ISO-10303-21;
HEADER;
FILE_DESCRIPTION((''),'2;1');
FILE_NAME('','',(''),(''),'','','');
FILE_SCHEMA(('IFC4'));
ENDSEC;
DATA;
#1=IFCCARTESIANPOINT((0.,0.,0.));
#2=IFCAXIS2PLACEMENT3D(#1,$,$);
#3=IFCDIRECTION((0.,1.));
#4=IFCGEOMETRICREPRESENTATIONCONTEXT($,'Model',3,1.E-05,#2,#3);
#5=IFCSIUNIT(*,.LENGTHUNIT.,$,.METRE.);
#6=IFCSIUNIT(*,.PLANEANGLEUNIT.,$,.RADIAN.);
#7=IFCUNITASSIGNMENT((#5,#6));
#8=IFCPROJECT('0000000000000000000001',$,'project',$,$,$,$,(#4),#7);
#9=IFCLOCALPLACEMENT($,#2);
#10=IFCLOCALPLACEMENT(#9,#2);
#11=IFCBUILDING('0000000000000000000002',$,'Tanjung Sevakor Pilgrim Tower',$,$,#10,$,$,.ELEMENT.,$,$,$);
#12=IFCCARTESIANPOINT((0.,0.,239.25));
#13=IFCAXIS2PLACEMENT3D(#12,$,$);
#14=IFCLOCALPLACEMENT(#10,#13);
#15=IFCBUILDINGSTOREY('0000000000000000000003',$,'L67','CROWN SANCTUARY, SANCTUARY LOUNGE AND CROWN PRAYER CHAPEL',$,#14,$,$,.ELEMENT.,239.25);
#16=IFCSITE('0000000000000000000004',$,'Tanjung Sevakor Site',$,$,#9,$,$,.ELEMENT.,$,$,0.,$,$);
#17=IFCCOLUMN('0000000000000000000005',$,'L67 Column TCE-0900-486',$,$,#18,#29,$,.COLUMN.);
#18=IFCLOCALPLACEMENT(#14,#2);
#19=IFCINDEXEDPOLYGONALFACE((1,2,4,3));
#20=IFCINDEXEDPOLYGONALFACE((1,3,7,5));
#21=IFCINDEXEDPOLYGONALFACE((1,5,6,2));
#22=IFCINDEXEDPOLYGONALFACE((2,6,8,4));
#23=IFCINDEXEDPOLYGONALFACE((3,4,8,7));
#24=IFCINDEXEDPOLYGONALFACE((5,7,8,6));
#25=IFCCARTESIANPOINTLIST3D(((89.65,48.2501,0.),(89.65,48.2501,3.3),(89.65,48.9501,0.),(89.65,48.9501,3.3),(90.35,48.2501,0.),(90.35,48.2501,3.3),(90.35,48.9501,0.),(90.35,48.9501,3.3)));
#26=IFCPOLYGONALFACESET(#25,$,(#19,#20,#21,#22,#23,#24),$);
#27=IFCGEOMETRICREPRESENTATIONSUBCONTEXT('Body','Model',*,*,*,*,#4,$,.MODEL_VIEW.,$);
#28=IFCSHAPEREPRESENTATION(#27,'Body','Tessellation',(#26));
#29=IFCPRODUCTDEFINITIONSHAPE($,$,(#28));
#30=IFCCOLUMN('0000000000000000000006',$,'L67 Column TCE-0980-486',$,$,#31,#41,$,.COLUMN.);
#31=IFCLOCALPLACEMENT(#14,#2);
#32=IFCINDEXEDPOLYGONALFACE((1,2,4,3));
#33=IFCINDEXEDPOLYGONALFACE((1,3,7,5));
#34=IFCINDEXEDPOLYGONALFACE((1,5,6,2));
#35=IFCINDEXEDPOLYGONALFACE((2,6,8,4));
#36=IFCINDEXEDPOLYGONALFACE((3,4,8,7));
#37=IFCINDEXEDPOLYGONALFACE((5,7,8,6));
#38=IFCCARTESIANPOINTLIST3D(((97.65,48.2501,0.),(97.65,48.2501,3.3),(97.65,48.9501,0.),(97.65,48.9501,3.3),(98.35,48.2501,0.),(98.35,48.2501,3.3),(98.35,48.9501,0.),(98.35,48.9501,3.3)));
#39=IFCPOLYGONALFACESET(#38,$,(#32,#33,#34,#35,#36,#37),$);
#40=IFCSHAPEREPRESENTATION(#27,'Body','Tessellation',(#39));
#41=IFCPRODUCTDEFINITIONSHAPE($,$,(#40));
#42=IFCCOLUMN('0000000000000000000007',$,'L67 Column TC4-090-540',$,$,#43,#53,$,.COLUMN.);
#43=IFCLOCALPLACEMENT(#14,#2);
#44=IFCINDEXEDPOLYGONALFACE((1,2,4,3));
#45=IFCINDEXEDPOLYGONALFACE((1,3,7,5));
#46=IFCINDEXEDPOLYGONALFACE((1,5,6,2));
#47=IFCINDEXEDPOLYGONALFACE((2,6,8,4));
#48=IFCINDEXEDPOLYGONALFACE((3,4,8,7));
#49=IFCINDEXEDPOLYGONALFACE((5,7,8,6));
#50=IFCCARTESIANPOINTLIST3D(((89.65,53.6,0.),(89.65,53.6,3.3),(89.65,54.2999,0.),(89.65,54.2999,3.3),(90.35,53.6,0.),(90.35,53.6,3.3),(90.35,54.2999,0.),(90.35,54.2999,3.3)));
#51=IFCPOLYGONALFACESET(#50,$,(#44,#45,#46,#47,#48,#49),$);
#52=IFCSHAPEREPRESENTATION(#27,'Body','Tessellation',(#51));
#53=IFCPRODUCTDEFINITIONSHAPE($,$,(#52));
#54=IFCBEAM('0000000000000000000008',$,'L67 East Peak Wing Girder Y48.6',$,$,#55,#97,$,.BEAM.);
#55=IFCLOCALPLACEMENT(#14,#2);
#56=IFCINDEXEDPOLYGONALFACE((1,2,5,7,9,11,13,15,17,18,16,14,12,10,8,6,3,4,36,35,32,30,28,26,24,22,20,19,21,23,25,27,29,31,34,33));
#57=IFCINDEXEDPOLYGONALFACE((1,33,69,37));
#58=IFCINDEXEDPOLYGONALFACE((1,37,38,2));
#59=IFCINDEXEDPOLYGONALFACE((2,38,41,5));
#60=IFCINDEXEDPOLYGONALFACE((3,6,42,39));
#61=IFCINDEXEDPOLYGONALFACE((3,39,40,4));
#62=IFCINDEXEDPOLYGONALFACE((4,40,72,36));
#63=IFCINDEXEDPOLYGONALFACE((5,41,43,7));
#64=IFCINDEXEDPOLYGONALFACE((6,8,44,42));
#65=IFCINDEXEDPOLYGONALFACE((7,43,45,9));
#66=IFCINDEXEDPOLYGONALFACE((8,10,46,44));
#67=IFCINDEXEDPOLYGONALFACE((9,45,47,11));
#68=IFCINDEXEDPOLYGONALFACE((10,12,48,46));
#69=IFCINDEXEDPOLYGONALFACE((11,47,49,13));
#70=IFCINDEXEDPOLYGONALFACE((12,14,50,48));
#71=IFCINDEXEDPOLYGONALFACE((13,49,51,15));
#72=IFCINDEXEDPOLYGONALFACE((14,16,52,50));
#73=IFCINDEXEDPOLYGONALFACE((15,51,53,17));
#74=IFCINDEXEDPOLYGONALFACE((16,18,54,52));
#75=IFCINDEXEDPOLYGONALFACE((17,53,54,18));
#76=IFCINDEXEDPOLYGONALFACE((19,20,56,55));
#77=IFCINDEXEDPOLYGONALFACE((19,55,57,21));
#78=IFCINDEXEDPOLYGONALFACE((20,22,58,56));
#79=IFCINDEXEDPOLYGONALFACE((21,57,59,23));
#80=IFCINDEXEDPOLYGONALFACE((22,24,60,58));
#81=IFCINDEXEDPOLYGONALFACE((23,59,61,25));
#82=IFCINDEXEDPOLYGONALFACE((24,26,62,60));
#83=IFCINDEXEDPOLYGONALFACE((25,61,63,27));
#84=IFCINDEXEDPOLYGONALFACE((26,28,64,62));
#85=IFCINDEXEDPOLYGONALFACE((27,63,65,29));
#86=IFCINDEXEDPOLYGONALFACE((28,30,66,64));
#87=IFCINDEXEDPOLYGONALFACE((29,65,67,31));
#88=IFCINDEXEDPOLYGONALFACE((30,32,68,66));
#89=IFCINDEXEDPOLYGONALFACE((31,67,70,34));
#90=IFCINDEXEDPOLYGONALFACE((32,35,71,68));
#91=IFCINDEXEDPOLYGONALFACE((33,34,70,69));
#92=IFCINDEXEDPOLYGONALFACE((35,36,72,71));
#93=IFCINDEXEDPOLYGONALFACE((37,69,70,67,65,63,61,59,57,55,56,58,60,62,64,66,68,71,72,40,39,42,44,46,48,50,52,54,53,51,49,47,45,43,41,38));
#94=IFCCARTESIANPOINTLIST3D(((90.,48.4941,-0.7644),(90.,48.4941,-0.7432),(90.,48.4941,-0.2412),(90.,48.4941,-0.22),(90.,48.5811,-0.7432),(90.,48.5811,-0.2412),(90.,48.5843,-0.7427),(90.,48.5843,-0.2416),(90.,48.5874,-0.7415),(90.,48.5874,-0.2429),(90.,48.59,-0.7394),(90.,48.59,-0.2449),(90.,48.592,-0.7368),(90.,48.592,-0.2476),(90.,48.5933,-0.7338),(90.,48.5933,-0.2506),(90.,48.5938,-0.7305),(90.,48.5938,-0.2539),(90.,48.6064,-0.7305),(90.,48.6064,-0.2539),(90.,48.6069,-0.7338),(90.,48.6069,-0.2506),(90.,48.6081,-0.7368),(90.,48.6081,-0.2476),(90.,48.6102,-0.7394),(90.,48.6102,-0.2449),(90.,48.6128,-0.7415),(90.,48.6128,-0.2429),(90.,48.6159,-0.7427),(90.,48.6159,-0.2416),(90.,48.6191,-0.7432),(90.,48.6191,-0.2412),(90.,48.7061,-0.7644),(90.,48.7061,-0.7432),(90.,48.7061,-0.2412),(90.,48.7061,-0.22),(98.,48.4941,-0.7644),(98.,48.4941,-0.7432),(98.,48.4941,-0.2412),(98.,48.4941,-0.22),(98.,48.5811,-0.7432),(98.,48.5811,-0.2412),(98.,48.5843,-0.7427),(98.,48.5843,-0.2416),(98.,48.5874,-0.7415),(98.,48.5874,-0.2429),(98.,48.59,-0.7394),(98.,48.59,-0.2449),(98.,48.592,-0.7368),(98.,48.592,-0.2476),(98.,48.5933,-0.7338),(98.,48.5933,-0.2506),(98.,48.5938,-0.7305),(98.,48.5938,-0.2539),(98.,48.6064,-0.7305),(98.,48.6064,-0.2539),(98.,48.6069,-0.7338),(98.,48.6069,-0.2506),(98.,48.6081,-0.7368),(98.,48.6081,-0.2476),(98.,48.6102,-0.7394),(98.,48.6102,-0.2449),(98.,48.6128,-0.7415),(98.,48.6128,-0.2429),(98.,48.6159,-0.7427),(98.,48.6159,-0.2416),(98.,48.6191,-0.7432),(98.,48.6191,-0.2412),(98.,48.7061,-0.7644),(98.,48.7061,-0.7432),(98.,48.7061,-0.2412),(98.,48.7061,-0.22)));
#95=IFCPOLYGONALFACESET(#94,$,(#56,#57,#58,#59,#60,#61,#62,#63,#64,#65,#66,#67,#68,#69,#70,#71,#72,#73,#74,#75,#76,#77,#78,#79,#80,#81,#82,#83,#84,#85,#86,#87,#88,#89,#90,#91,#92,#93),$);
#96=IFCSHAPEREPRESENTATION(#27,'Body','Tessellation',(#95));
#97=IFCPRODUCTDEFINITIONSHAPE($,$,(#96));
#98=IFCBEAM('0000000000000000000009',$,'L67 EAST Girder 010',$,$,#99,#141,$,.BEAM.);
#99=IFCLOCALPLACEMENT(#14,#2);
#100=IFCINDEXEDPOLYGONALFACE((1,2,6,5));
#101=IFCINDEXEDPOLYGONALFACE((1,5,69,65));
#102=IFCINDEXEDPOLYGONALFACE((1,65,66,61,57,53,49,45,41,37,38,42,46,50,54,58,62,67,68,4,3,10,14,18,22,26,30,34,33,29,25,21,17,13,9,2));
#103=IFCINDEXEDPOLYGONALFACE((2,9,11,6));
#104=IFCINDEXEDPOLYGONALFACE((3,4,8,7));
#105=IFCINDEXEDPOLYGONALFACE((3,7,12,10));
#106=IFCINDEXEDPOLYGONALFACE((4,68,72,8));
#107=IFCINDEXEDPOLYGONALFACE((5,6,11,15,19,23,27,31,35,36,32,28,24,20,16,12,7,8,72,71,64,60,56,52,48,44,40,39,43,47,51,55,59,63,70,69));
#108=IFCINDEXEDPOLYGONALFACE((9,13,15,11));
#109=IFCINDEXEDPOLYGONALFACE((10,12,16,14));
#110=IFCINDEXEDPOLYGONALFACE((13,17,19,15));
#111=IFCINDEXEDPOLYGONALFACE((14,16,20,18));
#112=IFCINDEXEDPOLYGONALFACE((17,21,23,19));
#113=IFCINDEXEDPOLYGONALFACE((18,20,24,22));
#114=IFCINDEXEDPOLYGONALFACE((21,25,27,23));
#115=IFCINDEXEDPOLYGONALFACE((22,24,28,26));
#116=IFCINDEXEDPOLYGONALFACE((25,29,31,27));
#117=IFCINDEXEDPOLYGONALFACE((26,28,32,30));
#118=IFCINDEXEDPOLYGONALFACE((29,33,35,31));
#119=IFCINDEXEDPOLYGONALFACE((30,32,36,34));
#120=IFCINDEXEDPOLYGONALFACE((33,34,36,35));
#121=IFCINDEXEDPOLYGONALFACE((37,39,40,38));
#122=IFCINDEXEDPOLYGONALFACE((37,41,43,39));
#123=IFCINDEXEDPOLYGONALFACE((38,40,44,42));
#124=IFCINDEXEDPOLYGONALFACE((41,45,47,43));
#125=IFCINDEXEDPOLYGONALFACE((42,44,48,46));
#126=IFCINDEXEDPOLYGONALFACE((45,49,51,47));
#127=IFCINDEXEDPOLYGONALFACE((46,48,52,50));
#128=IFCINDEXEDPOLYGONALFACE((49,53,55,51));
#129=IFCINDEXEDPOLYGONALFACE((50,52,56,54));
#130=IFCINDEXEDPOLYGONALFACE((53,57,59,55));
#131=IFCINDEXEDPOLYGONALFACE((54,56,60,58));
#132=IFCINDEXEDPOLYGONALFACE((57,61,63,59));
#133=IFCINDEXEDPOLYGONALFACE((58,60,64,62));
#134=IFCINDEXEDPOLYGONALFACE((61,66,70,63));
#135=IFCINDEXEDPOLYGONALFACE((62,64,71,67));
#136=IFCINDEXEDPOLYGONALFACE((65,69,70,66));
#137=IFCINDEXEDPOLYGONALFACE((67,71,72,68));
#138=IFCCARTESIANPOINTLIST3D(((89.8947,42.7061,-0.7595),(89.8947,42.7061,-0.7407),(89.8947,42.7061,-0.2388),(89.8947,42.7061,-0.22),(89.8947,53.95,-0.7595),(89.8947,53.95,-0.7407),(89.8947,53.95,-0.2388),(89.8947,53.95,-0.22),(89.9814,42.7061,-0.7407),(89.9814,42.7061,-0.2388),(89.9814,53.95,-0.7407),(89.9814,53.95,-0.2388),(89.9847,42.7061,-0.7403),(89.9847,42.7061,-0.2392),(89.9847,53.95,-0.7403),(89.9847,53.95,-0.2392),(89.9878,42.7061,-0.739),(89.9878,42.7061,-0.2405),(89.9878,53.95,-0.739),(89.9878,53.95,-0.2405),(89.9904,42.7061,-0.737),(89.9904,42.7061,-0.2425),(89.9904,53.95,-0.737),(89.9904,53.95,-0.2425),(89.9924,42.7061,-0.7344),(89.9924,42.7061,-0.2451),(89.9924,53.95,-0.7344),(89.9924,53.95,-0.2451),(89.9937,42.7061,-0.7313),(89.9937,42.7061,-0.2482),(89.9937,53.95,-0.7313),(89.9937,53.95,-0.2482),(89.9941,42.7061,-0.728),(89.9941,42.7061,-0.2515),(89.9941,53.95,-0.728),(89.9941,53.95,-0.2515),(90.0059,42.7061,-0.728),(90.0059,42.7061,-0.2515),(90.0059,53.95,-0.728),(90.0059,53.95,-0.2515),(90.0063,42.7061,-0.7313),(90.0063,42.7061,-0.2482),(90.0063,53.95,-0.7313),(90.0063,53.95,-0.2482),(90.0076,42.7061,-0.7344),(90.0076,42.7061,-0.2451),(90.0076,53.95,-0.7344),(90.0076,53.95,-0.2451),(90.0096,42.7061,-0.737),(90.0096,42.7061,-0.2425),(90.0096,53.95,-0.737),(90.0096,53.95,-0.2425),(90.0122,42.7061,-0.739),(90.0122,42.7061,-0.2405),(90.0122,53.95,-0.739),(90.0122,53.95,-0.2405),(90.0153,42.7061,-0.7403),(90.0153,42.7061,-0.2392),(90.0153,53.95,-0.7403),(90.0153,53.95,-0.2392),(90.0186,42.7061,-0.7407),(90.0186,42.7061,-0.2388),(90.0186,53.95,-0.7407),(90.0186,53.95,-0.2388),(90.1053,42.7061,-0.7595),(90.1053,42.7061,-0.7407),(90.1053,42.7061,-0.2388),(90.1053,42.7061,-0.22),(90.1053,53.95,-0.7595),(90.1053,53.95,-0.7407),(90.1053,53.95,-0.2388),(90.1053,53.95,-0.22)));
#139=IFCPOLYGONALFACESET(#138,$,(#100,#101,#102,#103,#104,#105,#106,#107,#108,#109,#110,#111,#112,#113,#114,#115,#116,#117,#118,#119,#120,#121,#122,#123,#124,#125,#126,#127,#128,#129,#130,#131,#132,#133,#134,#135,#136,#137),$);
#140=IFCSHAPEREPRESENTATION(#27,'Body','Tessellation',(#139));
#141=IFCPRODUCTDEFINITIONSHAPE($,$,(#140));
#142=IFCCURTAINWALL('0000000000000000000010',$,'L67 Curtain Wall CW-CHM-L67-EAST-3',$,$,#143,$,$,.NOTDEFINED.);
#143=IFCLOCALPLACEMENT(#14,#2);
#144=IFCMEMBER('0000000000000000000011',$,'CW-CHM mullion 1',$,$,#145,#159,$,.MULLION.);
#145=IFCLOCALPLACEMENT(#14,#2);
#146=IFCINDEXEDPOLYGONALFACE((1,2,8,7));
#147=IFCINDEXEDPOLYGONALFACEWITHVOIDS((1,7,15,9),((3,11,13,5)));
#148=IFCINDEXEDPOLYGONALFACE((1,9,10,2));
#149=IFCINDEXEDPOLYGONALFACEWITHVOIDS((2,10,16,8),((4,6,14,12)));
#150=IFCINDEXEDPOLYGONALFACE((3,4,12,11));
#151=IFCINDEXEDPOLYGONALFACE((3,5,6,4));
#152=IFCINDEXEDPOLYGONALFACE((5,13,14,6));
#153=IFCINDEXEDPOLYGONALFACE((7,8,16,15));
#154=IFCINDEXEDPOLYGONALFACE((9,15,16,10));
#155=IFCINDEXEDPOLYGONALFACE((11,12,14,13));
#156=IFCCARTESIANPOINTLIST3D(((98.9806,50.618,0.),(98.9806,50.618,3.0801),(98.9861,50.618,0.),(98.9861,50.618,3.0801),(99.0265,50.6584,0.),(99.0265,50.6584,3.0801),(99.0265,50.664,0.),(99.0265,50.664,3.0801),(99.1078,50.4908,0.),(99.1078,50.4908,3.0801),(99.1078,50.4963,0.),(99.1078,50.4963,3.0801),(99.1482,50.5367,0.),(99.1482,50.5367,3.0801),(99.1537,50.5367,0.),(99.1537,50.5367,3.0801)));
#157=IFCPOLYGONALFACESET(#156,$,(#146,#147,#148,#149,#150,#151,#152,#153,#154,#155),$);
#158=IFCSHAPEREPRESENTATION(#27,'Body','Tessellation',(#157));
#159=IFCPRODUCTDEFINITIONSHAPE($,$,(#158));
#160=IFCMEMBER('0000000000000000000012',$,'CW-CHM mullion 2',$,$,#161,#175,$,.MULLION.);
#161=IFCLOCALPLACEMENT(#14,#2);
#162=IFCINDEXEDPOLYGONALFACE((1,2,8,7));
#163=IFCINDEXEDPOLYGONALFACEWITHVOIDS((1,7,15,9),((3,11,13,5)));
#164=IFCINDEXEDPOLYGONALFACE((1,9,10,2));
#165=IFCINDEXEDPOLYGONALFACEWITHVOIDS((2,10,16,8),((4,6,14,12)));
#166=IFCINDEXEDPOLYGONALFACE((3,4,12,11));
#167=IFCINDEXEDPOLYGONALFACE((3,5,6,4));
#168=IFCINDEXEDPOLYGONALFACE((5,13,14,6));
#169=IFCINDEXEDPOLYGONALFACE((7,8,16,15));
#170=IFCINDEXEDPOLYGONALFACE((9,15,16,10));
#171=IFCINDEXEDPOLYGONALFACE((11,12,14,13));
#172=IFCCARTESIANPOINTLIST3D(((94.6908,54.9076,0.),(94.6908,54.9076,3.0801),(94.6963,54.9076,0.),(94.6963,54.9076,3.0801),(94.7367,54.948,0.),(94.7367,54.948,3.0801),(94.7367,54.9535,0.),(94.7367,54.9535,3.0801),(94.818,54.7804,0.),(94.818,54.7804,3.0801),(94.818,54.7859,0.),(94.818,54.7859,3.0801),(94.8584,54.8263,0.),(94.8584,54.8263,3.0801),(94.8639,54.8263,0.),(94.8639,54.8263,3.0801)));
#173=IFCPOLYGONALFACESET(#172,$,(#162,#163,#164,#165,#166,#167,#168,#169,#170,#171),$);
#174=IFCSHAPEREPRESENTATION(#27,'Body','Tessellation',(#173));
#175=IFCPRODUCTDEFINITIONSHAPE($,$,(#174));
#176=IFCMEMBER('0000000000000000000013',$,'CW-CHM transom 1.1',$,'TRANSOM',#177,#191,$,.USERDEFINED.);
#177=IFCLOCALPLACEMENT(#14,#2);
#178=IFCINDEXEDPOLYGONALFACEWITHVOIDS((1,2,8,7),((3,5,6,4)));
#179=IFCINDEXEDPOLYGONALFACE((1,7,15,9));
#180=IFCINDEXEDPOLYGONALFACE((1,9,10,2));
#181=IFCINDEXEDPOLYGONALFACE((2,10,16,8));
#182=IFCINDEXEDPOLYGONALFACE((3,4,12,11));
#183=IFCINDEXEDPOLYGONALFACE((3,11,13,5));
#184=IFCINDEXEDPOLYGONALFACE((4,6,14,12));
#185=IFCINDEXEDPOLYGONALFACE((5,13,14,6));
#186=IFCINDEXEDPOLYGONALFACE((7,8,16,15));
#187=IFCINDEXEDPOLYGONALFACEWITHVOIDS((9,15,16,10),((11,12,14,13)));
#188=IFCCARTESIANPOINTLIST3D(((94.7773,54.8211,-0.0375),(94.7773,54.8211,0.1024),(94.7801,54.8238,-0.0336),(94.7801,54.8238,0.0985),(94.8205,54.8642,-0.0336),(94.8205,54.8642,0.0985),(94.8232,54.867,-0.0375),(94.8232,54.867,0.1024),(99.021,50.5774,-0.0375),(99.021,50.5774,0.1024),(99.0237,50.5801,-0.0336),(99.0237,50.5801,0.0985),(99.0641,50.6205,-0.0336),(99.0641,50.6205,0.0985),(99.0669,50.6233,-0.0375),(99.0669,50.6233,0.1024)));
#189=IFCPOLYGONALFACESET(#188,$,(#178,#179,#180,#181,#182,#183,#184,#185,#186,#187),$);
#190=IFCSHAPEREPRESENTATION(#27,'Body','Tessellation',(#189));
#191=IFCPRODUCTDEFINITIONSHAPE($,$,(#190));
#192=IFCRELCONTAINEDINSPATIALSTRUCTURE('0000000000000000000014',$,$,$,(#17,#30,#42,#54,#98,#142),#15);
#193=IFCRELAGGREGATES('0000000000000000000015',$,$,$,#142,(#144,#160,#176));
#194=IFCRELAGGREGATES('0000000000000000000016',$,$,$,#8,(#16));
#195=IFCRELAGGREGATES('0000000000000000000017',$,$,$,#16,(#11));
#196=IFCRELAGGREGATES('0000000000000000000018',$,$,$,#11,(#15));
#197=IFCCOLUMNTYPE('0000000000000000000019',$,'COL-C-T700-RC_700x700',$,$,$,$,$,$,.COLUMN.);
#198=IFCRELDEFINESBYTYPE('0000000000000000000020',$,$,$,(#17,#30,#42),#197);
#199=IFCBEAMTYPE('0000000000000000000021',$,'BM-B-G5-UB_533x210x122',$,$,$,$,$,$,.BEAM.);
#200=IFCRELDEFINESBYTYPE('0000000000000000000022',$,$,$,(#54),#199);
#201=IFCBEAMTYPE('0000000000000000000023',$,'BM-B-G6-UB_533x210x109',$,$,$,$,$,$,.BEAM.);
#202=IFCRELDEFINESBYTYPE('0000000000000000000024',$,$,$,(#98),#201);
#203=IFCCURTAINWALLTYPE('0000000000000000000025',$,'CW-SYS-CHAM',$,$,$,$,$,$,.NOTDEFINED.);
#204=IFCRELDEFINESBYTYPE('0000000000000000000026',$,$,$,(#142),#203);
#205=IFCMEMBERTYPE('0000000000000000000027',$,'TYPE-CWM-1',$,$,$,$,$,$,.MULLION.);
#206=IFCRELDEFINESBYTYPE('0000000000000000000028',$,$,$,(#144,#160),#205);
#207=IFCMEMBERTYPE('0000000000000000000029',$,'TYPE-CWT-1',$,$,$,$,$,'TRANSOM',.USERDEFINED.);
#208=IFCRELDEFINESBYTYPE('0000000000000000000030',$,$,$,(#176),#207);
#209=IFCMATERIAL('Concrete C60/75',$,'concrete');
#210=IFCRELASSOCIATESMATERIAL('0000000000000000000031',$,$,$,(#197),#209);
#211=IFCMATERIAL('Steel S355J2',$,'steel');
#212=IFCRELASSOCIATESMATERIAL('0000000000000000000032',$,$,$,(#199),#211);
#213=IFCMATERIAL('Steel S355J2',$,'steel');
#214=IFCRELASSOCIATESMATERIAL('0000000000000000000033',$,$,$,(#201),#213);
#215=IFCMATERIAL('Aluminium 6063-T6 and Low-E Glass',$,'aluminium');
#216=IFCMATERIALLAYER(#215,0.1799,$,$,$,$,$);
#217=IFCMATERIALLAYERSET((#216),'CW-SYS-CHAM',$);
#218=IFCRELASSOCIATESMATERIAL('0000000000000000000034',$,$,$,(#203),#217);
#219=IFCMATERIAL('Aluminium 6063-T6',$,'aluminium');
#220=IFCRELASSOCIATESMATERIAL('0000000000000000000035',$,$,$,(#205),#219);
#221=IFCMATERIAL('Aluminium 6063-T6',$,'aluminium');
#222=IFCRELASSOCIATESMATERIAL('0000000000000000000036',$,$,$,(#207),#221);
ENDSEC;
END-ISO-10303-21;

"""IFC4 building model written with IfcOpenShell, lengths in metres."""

from ifc_helpers import new_model, si_unit, direction, frame, origin, origin_2d, place, context, subcontext, project, spatial, rectangle, hollow_rectangle, i_section, extrude, material, layer, layer_set, material_profile, profile_set, type_object, element, aggregate, save


model = new_model("IFC4")

# Units and contexts
model_context = context("Model", 3, precision=1e-05, world=origin(), true_north=direction((0.0, 1.0)))
body_context = subcontext(model_context, "Body", "Model", "MODEL_VIEW")
ifc_project = project(units=[si_unit("LENGTHUNIT", "METRE"), si_unit("PLANEANGLEUNIT", "RADIAN")], contexts=[model_context])

# Site, building, storey
site_placement = place(None, origin())
site = spatial("IfcSite", under=ifc_project, at=site_placement, Name="Tanjung Sevakor Site", CompositionType="ELEMENT", RefElevation=0.0)
building_placement = place(site_placement, origin())
building = spatial("IfcBuilding", under=site, at=building_placement, Name="Tanjung Sevakor Pilgrim Tower", CompositionType="ELEMENT")
storey_placement = place(building_placement, frame((0.0, 0.0, 239.25)))
storey = spatial("IfcBuildingStorey", under=building, at=storey_placement, Name="L67", Description="CROWN SANCTUARY, SANCTUARY LOUNGE AND CROWN PRAYER CHAPEL", CompositionType="ELEMENT", Elevation=239.25)

# Columns
ifc_material_1 = material(Name="Concrete C60/75", Category="concrete")
ifc_material_profile_1 = material_profile(ifc_material_1, rectangle(XDim=0.7, YDim=0.7, at=origin_2d()))
ifc_profile_set_1 = profile_set([ifc_material_profile_1], Name="Concrete C60/75")
column_type = type_object("IfcColumnType", Name="COL-C-T700-RC_700x700", PredefinedType="COLUMN", material=ifc_profile_set_1)
for number, where, z_axis, x_axis, name in (
    (1, (90.0, 48.6001, 0.0), (0.0, 0.0, 1.0), (1.0, 0.0, 0.0), "L67 Column TCE-0900-486"),
    (2, (98.0, 48.6001, 0.0), (0.0, 0.0, 1.0), (1.0, 0.0, 0.0), "L67 Column TCE-0980-486"),
    (3, (90.0, 53.95, 0.0), (0.0, 0.0, 1.0), (1.0, 0.0, 0.0), "L67 Column TC4-090-540"),
):
    element("IfcColumn", number, at=place(storey_placement, frame(where, z_axis=z_axis, x_axis=x_axis)), inside=storey, type_object=column_type, Name=name, PredefinedType="COLUMN", context=body_context, shape_type="SweptSolid", body=[
        extrude(rectangle(XDim=0.7, YDim=0.7, at=origin_2d()), origin(), (0.0, 0.0, 1.0), 3.3),
    ])

# Beams
ifc_material_2 = material(Name="Steel S355J2", Category="steel")
ifc_material_profile_2 = material_profile(ifc_material_2, i_section(OverallWidth=0.2119, OverallDepth=0.5444, WebThickness=0.0127, FlangeThickness=0.0212, FilletRadius=0.0127, at=origin_2d()))
ifc_profile_set_2 = profile_set([ifc_material_profile_2], Name="Steel S355J2")
beam_type_1 = type_object("IfcBeamType", Name="BM-B-G5-UB_533x210x122", PredefinedType="BEAM", material=ifc_profile_set_2)
beam_1_placement = place(storey_placement, frame((90.0, 48.6001, -0.4922), z_axis=(1.0, 0.0, 0.0), x_axis=(0.0, 1.0, 0.0)))
element("IfcBeam", 4, at=beam_1_placement, inside=storey, type_object=beam_type_1, Name="L67 East Peak Wing Girder Y48.6", PredefinedType="BEAM", context=body_context, shape_type="SweptSolid", body=[
    extrude(i_section(OverallWidth=0.2119, OverallDepth=0.5444, WebThickness=0.0127, FlangeThickness=0.0212, FilletRadius=0.0127, at=origin_2d()), origin(), (0.0, 0.0, 1.0), 8.0),
])
ifc_material_3 = material(Name="Steel S355J2", Category="steel")
ifc_material_profile_3 = material_profile(ifc_material_3, i_section(OverallWidth=0.2107, OverallDepth=0.5396, WebThickness=0.0117, FlangeThickness=0.0188, FilletRadius=0.0127, at=origin_2d()))
ifc_profile_set_3 = profile_set([ifc_material_profile_3], Name="Steel S355J2")
beam_type_2 = type_object("IfcBeamType", Name="BM-B-G6-UB_533x210x109", PredefinedType="BEAM", material=ifc_profile_set_3)
beam_2_placement = place(storey_placement, frame((90.0, 42.7061, -0.4897), z_axis=(0.0, 1.0, 0.0), x_axis=(-1.0, 0.0, 0.0)))
element("IfcBeam", 5, at=beam_2_placement, inside=storey, type_object=beam_type_2, Name="L67 EAST Girder 010", PredefinedType="BEAM", context=body_context, shape_type="SweptSolid", body=[
    extrude(i_section(OverallWidth=0.2107, OverallDepth=0.5396, WebThickness=0.0117, FlangeThickness=0.0188, FilletRadius=0.0127, at=origin_2d()), origin(), (0.0, 0.0, 1.0), 11.2439),
])

# Curtain wall, members
ifc_material_4 = material(Name="Aluminium 6063-T6 and Low-E Glass", Category="aluminium")
ifc_layer_1 = layer(ifc_material_4, 0.1799)
ifc_layer_set_1 = layer_set([ifc_layer_1], Name="CW-SYS-CHAM")
curtain_wall_type = type_object("IfcCurtainWallType", Name="CW-SYS-CHAM", PredefinedType="NOTDEFINED", material=ifc_layer_set_1)
curtain_wall_placement = place(storey_placement, origin())
curtain_wall = element("IfcCurtainWall", 6, at=curtain_wall_placement, inside=storey, type_object=curtain_wall_type, Name="L67 Curtain Wall CW-CHM-L67-EAST-3", PredefinedType="NOTDEFINED")
ifc_material_5 = material(Name="Aluminium 6063-T6", Category="aluminium")
ifc_material_profile_4 = material_profile(ifc_material_5, hollow_rectangle(XDim=0.0649, YDim=0.1799, WallThickness=0.0039, at=origin_2d()))
ifc_profile_set_4 = profile_set([ifc_material_profile_4], Name="Aluminium 6063-T6")
member_type_1 = type_object("IfcMemberType", Name="TYPE-CWM-1", PredefinedType="MULLION", material=ifc_profile_set_4)
member_1_placement = place(storey_placement, frame((99.0671, 50.5774, 0.0), z_axis=(0.0, 0.0, 1.0), x_axis=(-0.707107, -0.707107, 0.0)))
member_1 = element("IfcMember", 7, at=member_1_placement, type_object=member_type_1, Name="CW-CHM mullion 1", PredefinedType="MULLION", context=body_context, shape_type="SweptSolid", body=[
    extrude(hollow_rectangle(XDim=0.0649, YDim=0.1799, WallThickness=0.0039, at=origin_2d()), origin(), (0.0, 0.0, 1.0), 3.0801),
])
member_2_placement = place(storey_placement, frame((94.7773, 54.8669, 0.0), z_axis=(0.0, 0.0, 1.0), x_axis=(-0.707107, -0.707107, 0.0)))
member_2 = element("IfcMember", 8, at=member_2_placement, type_object=member_type_1, Name="CW-CHM mullion 2", PredefinedType="MULLION", context=body_context, shape_type="SweptSolid", body=[
    extrude(hollow_rectangle(XDim=0.0649, YDim=0.1799, WallThickness=0.0039, at=origin_2d()), origin(), (0.0, 0.0, 1.0), 3.0801),
])
ifc_material_6 = material(Name="Aluminium 6063-T6", Category="aluminium")
ifc_material_profile_5 = material_profile(ifc_material_6, hollow_rectangle(XDim=0.0649, YDim=0.1399, WallThickness=0.0039, at=origin_2d()))
ifc_profile_set_5 = profile_set([ifc_material_profile_5], Name="Aluminium 6063-T6")
member_type_2 = type_object("IfcMemberType", Name="TYPE-CWT-1", ElementType="TRANSOM", PredefinedType="USERDEFINED", material=ifc_profile_set_5)
member_3_placement = place(storey_placement, frame((99.0439, 50.6003, 0.0325), z_axis=(-0.707107, 0.707107, 0.0), x_axis=(-0.707107, -0.707107, 0.0)))
member_3 = element("IfcMember", 9, at=member_3_placement, type_object=member_type_2, Name="CW-CHM transom 1.1", ObjectType="TRANSOM", PredefinedType="USERDEFINED", context=body_context, shape_type="SweptSolid", body=[
    extrude(hollow_rectangle(XDim=0.0649, YDim=0.1399, WallThickness=0.0039, at=origin_2d()), origin(), (0.0, 0.0, 1.0), 6.0015),
])
aggregate(curtain_wall, [member_1, member_2, member_3])

save(model, "model.ifc")
